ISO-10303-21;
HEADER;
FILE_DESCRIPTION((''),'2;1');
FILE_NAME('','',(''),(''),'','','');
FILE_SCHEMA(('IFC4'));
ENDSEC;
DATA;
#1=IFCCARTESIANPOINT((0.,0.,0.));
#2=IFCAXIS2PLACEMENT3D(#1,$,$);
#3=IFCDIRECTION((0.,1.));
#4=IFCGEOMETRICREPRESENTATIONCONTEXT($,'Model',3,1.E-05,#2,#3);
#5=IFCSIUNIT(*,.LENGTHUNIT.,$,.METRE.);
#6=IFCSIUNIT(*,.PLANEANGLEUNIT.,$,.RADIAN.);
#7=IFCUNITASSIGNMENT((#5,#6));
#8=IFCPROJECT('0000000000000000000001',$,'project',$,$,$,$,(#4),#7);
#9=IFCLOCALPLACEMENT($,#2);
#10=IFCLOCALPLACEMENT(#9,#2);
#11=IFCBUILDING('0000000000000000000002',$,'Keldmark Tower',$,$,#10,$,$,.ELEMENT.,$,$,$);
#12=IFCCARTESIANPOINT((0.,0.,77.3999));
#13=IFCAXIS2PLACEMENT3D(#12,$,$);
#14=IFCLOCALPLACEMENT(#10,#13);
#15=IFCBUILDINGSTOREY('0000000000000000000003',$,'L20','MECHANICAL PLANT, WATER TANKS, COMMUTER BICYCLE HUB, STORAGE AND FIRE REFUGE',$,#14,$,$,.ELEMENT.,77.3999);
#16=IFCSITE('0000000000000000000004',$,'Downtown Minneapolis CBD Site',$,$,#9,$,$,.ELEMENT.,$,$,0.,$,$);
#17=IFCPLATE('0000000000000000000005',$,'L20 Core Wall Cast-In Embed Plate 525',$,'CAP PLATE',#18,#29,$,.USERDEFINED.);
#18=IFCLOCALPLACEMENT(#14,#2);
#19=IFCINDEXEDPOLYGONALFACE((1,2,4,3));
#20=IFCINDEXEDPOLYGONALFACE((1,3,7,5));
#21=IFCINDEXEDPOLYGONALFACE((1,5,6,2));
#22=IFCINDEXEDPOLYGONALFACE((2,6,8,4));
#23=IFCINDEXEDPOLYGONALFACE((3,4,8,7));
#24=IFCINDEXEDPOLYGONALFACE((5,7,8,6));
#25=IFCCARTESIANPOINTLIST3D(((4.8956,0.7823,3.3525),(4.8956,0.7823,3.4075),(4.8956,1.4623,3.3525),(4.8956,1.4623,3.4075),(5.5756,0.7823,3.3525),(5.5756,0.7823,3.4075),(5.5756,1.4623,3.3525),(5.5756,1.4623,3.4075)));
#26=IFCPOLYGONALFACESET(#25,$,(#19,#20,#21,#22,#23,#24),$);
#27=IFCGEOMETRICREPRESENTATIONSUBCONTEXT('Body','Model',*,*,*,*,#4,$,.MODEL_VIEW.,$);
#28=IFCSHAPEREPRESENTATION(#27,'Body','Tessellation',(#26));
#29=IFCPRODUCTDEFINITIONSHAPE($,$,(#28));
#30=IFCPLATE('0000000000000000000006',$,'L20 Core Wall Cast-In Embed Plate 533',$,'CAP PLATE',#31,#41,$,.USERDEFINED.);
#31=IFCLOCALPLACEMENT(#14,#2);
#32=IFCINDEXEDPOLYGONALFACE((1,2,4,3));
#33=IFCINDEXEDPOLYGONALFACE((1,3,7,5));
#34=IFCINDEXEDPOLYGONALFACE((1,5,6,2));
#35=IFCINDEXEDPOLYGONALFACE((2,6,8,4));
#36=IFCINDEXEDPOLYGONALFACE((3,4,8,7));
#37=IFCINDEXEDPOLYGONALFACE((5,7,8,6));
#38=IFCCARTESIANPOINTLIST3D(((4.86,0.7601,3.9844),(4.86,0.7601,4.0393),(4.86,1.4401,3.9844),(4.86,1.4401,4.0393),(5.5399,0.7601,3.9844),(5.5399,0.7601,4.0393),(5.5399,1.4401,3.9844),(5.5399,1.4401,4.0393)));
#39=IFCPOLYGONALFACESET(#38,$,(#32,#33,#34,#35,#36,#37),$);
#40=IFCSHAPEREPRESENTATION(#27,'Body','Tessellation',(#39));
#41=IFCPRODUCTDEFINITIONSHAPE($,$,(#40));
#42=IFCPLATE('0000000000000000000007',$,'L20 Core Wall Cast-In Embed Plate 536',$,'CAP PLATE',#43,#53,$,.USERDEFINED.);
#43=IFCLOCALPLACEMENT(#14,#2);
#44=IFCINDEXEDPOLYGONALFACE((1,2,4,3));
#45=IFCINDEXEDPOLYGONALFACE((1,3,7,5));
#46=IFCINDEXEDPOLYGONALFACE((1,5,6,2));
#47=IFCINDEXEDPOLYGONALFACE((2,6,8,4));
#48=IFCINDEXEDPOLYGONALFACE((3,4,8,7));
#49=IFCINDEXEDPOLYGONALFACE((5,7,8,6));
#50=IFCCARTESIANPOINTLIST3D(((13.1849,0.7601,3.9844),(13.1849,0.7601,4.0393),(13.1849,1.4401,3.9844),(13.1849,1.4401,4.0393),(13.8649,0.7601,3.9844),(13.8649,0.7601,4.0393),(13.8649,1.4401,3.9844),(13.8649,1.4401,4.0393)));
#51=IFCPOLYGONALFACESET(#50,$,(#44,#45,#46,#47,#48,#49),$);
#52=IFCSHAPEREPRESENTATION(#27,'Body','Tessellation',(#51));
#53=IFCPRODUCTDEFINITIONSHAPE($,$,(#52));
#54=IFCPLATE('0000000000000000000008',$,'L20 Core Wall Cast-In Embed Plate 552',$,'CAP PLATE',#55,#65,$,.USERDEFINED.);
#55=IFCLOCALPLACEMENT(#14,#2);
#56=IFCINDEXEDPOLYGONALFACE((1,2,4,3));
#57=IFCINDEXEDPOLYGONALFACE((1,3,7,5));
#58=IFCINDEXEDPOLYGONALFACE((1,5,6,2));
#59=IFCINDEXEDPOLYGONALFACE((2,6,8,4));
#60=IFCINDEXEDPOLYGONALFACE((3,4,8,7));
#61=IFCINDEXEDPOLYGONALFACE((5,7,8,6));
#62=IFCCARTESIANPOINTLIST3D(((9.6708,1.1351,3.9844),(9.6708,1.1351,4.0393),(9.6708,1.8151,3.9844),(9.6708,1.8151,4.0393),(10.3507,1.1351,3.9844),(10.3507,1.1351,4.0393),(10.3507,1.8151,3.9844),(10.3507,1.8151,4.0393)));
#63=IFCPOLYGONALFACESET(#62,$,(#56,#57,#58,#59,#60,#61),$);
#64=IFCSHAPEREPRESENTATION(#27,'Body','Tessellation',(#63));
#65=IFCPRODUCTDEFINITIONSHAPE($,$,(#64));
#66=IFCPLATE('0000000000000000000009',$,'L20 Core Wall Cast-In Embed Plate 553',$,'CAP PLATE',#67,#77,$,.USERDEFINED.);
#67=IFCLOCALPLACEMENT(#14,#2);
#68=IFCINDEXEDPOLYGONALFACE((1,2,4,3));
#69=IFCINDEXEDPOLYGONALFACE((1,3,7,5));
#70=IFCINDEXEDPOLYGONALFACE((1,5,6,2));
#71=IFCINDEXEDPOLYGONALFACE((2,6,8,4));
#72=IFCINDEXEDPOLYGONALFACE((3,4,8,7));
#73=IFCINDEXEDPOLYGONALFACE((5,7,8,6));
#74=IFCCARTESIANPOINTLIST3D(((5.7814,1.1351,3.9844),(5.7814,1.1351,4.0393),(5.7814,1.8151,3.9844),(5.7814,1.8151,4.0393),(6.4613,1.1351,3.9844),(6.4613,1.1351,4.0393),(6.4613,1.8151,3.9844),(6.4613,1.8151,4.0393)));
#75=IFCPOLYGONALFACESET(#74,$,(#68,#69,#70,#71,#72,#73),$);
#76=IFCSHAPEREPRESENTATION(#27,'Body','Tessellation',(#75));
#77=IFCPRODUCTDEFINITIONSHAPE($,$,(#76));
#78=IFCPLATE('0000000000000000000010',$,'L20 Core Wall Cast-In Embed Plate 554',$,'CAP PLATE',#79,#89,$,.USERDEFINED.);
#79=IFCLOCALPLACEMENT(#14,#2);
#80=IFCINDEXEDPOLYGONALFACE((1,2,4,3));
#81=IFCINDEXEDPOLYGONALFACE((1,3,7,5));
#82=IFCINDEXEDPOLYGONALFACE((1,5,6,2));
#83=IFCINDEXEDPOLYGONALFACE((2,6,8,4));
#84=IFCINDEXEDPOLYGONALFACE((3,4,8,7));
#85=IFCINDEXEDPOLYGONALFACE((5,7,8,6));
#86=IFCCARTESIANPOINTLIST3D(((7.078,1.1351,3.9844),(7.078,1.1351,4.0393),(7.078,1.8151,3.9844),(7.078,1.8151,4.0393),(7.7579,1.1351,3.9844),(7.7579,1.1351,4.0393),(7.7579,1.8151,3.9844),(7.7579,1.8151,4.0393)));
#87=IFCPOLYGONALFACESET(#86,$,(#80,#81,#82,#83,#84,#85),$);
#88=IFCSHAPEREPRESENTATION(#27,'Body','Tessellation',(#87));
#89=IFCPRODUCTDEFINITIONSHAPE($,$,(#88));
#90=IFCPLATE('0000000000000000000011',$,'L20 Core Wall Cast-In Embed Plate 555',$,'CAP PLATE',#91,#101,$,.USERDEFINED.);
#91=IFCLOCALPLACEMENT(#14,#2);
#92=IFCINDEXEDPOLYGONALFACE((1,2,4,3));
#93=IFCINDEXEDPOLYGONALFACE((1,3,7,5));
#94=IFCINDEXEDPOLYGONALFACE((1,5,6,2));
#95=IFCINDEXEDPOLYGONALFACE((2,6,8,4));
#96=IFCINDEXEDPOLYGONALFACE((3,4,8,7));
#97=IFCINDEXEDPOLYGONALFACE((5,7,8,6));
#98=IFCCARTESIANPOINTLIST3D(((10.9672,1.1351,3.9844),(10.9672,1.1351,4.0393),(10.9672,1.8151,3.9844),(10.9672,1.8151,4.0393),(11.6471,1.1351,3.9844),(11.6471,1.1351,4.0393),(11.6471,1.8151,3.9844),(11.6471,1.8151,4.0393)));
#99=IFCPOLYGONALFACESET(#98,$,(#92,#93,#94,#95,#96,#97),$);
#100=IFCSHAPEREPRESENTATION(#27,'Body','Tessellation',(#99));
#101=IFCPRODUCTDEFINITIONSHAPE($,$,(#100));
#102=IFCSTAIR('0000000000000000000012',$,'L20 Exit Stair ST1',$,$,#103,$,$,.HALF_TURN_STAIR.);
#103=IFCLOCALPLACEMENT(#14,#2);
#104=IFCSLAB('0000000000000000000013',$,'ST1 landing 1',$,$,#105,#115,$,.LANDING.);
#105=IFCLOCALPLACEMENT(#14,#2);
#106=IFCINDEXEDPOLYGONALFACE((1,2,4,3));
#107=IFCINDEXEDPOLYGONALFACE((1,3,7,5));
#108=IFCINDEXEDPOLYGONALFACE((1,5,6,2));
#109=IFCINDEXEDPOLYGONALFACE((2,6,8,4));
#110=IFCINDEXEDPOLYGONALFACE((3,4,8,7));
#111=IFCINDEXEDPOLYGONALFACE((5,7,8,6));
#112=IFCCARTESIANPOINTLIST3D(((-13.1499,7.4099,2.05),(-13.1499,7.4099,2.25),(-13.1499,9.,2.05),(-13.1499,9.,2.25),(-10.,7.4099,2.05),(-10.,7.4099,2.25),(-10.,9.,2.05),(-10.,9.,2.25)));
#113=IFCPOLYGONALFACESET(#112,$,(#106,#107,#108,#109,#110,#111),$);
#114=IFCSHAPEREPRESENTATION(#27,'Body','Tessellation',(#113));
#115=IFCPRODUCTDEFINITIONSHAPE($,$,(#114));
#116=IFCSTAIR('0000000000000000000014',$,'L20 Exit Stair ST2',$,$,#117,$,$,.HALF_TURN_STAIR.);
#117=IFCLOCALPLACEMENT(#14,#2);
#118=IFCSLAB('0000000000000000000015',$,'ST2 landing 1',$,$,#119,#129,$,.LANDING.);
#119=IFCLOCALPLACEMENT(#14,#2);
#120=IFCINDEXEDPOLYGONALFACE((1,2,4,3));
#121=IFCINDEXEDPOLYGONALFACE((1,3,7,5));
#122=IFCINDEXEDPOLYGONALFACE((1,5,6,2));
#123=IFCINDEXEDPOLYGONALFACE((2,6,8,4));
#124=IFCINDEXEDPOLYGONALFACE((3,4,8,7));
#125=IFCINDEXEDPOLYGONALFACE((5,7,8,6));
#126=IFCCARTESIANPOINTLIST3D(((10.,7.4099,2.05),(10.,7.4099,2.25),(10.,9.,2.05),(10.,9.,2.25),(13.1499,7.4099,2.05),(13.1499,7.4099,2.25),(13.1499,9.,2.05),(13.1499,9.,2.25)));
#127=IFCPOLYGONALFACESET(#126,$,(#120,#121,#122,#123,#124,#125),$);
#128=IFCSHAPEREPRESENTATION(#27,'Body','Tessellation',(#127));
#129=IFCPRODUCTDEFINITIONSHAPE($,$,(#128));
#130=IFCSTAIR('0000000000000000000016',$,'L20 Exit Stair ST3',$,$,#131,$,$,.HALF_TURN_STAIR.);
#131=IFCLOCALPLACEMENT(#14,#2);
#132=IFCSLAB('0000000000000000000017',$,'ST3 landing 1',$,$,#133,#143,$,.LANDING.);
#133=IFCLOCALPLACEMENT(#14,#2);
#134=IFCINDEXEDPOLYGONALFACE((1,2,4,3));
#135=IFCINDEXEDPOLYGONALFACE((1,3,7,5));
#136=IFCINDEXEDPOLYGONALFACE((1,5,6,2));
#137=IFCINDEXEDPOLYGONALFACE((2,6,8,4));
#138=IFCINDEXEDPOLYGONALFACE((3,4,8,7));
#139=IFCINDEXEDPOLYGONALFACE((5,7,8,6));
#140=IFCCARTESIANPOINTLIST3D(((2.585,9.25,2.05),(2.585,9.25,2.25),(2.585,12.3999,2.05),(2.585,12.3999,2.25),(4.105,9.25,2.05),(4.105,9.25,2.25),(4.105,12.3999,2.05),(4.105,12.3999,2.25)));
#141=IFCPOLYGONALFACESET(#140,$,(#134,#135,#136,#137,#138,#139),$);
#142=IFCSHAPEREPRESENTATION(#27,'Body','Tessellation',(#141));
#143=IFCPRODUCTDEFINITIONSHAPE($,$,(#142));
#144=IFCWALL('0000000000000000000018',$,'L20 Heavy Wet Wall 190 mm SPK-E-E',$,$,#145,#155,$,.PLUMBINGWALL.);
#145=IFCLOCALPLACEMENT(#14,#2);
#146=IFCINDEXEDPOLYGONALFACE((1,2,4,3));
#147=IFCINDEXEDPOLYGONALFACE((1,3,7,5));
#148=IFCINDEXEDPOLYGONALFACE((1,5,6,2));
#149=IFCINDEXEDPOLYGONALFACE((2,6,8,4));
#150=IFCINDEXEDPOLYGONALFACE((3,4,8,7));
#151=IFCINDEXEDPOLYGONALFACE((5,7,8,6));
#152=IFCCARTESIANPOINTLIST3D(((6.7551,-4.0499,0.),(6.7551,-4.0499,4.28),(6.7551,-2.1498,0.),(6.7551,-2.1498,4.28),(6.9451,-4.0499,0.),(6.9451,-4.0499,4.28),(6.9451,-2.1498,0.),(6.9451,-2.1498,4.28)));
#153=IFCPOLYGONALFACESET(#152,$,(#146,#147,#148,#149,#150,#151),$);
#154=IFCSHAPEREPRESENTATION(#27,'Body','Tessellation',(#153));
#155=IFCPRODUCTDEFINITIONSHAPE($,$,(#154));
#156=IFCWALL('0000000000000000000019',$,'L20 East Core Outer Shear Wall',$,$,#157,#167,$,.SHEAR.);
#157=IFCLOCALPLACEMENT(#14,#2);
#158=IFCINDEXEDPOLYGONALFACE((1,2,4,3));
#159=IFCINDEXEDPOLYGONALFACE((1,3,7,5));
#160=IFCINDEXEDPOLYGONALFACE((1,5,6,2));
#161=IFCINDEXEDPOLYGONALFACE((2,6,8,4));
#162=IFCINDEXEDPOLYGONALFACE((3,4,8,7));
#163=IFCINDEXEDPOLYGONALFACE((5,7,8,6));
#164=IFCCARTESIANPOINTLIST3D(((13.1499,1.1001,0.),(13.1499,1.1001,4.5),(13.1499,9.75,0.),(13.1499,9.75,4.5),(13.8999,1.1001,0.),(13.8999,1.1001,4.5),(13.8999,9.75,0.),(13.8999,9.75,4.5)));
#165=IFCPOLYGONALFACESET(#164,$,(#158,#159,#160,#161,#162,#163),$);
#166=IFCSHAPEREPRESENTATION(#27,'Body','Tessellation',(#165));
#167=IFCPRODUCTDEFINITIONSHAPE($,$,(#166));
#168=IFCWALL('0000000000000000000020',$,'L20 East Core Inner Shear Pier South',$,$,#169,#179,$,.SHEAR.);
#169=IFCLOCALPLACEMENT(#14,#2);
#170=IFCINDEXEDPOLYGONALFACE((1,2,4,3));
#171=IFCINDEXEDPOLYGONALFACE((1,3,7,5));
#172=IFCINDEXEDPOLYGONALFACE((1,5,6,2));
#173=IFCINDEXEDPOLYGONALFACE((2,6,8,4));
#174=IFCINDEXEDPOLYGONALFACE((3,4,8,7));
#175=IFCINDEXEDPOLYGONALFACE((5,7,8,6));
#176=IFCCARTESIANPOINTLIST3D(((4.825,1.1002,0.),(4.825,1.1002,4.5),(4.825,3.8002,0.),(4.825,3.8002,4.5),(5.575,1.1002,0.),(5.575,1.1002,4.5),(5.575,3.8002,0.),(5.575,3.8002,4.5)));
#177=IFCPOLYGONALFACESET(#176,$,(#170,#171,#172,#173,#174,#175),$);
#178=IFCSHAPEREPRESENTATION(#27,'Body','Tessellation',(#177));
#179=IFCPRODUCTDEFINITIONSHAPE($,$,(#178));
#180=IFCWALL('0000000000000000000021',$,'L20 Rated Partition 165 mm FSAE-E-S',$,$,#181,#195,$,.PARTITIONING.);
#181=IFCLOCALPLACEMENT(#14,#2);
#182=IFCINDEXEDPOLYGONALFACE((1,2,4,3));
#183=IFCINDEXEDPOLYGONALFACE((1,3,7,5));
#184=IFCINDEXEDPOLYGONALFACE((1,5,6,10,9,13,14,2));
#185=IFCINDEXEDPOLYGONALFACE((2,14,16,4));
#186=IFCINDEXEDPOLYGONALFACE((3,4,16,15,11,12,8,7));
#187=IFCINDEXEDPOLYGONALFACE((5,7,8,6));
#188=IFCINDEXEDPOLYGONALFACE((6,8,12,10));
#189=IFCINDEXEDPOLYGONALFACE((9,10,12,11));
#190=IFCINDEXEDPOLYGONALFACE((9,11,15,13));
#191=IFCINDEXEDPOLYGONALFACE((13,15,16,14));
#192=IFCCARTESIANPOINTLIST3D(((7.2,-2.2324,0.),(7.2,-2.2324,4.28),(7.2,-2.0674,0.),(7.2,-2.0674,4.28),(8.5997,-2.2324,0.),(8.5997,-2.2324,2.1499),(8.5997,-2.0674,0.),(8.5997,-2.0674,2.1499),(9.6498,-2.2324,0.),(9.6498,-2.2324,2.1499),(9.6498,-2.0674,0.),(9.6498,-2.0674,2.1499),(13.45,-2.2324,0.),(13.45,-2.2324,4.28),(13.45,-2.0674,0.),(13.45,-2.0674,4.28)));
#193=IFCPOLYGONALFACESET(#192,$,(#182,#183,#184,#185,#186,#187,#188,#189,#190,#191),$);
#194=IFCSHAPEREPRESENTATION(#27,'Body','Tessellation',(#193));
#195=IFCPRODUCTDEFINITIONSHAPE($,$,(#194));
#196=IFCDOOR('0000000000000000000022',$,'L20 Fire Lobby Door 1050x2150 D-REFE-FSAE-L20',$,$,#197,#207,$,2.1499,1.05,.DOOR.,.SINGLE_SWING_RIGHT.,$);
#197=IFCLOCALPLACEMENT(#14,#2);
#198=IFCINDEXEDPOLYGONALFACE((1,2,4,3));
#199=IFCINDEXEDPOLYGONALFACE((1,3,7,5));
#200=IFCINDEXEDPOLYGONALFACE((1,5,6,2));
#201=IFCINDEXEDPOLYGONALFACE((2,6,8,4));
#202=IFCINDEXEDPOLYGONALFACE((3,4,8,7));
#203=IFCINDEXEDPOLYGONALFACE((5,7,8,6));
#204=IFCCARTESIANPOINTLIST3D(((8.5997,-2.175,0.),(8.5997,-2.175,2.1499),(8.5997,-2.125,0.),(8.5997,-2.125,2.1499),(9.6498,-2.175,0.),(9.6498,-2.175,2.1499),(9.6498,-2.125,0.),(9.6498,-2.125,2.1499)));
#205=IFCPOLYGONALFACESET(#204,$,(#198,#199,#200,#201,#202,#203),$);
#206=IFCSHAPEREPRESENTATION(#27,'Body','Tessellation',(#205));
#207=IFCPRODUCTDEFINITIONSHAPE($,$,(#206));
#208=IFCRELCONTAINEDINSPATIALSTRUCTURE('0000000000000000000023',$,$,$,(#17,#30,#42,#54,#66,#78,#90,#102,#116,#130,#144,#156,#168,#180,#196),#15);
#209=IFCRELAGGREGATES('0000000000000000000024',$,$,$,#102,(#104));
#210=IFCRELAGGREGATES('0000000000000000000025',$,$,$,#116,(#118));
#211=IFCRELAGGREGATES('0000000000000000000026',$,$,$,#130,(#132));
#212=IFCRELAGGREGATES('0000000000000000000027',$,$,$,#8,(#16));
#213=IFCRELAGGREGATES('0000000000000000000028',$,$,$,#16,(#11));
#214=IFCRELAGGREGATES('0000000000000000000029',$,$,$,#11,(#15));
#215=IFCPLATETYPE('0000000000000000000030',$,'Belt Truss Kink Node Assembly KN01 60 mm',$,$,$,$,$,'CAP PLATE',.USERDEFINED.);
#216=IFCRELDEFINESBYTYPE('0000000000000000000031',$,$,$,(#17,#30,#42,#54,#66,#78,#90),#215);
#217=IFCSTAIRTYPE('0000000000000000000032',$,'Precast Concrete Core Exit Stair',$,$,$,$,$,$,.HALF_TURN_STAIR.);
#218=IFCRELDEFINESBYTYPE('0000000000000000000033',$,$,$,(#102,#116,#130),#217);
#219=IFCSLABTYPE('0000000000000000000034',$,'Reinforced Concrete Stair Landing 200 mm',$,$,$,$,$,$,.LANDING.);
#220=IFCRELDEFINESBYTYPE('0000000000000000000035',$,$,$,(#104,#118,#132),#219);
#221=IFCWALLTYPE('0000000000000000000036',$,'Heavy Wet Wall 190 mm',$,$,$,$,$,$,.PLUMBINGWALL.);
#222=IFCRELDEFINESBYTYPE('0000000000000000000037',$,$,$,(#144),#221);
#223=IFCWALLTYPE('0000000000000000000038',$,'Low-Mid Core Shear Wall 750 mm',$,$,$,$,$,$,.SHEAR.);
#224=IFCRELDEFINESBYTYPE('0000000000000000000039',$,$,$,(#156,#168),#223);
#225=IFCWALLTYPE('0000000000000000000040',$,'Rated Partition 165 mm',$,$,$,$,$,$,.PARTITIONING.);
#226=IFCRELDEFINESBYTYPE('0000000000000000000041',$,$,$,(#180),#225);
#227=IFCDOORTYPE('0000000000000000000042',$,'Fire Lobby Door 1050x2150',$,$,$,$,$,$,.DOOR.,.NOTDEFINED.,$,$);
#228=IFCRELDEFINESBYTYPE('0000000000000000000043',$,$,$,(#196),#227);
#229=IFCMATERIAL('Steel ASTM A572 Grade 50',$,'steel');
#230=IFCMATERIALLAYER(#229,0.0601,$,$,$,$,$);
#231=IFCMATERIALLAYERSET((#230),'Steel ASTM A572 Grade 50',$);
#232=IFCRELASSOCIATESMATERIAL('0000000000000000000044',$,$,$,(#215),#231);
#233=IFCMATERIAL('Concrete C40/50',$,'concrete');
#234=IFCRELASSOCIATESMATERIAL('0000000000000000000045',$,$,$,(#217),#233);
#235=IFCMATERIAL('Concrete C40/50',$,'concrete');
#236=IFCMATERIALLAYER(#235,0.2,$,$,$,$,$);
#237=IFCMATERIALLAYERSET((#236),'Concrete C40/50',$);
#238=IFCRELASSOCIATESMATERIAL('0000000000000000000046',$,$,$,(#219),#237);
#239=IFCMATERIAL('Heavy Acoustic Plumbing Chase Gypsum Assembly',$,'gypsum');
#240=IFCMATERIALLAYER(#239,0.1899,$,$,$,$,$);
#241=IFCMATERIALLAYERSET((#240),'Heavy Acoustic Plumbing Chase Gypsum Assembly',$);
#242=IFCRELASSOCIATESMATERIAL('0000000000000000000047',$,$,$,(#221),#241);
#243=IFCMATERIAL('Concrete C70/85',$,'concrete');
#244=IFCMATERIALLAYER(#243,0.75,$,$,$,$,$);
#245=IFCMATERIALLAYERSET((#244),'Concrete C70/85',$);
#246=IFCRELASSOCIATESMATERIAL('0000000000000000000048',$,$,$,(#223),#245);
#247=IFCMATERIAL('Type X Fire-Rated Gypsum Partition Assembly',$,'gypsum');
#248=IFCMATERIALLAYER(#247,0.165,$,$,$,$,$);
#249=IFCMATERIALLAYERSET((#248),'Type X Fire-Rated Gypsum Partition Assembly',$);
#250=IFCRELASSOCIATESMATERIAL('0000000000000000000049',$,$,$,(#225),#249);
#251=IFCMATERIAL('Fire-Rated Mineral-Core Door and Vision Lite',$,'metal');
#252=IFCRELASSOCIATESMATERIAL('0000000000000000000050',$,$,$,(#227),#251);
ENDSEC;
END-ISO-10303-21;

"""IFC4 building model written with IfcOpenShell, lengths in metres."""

from ifc_helpers import new_model, si_unit, direction, frame, frame_2d, origin, origin_2d, place, context, subcontext, project, spatial, polyline, rectangle, outline, extrude, material, layer, layer_set, type_object, element, fill, aggregate, save


model = new_model("IFC4")

# Units and contexts
model_context = context("Model", 3, precision=1e-05, world=origin(), true_north=direction((0.0, 1.0)))
body_context = subcontext(model_context, "Body", "Model", "MODEL_VIEW")
ifc_project = project(units=[si_unit("LENGTHUNIT", "METRE"), si_unit("PLANEANGLEUNIT", "RADIAN")], contexts=[model_context])

# Site, building, storey
site_placement = place(None, origin())
site = spatial("IfcSite", under=ifc_project, at=site_placement, Name="Downtown Minneapolis CBD Site", CompositionType="ELEMENT", RefElevation=0.0)
building_placement = place(site_placement, origin())
building = spatial("IfcBuilding", under=site, at=building_placement, Name="Keldmark Tower", CompositionType="ELEMENT")
storey_placement = place(building_placement, frame((0.0, 0.0, 77.3999)))
storey = spatial("IfcBuildingStorey", under=building, at=storey_placement, Name="L20", Description="MECHANICAL PLANT, WATER TANKS, COMMUTER BICYCLE HUB, STORAGE AND FIRE REFUGE", CompositionType="ELEMENT", Elevation=77.3999)

# Plates
ifc_material_1 = material(Name="Steel ASTM A572 Grade 50", Category="steel")
ifc_layer_1 = layer(ifc_material_1, 0.0601)
ifc_layer_set_1 = layer_set([ifc_layer_1], Name="Steel ASTM A572 Grade 50")
plate_type = type_object("IfcPlateType", Name="Belt Truss Kink Node Assembly KN01 60 mm", ElementType="CAP PLATE", PredefinedType="USERDEFINED", material=ifc_layer_set_1)
for number, where, z_axis, x_axis, name in (
    (1, (5.2356, 1.1223, 3.3525), (0.0, 0.0, 1.0), (1.0, 0.0, 0.0), "L20 Core Wall Cast-In Embed Plate 525"),
    (2, (5.2, 1.1001, 3.9844), (0.0, 0.0, 1.0), (1.0, 0.0, 0.0), "L20 Core Wall Cast-In Embed Plate 533"),
    (3, (13.5249, 1.1001, 3.9844), (0.0, 0.0, 1.0), (1.0, 0.0, 0.0), "L20 Core Wall Cast-In Embed Plate 536"),
    (4, (10.0107, 1.4751, 3.9844), (0.0, 0.0, 1.0), (1.0, 0.0, 0.0), "L20 Core Wall Cast-In Embed Plate 552"),
    (5, (6.1213, 1.4751, 3.9844), (0.0, 0.0, 1.0), (1.0, 0.0, 0.0), "L20 Core Wall Cast-In Embed Plate 553"),
    (6, (7.418, 1.4751, 3.9844), (0.0, 0.0, 1.0), (1.0, 0.0, 0.0), "L20 Core Wall Cast-In Embed Plate 554"),
    (7, (11.3071, 1.4751, 3.9844), (0.0, 0.0, 1.0), (1.0, 0.0, 0.0), "L20 Core Wall Cast-In Embed Plate 555"),
):
    element("IfcPlate", number, at=place(storey_placement, frame(where, z_axis=z_axis, x_axis=x_axis)), inside=storey, type_object=plate_type, Name=name, ObjectType="CAP PLATE", PredefinedType="USERDEFINED", context=body_context, shape_type="SweptSolid", body=[
        extrude(rectangle(XDim=0.6799, YDim=0.6799, at=origin_2d()), origin(), (0.0, 0.0, 1.0), 0.0549),
    ])

# Stairs, slabs
ifc_material_2 = material(Name="Concrete C40/50", Category="concrete")
stair_type = type_object("IfcStairType", Name="Precast Concrete Core Exit Stair", PredefinedType="HALF_TURN_STAIR", material=ifc_material_2)
stair_1_placement = place(storey_placement, origin())
stair_1 = element("IfcStair", 8, at=stair_1_placement, inside=storey, type_object=stair_type, Name="L20 Exit Stair ST1", PredefinedType="HALF_TURN_STAIR")
ifc_material_3 = material(Name="Concrete C40/50", Category="concrete")
ifc_layer_2 = layer(ifc_material_3, 0.2)
ifc_layer_set_2 = layer_set([ifc_layer_2], Name="Concrete C40/50")
slab_type = type_object("IfcSlabType", Name="Reinforced Concrete Stair Landing 200 mm", PredefinedType="LANDING", material=ifc_layer_set_2)
slab_1_placement = place(storey_placement, frame((0.0, 0.0, 2.05)))
slab_1 = element("IfcSlab", 9, at=slab_1_placement, type_object=slab_type, Name="ST1 landing 1", PredefinedType="LANDING", context=body_context, shape_type="SweptSolid", body=[
    extrude(outline(polyline([(-10.0, 7.4099), (-10.0, 9.0), (-13.1499, 9.0), (-13.1499, 7.4099), (-10.0, 7.4099)])), origin(), (0.0, 0.0, 1.0), 0.2),
])
aggregate(stair_1, [slab_1])
stair_2_placement = place(storey_placement, origin())
stair_2 = element("IfcStair", 10, at=stair_2_placement, inside=storey, type_object=stair_type, Name="L20 Exit Stair ST2", PredefinedType="HALF_TURN_STAIR")
slab_2_placement = place(storey_placement, frame((0.0, 0.0, 2.05)))
slab_2 = element("IfcSlab", 11, at=slab_2_placement, type_object=slab_type, Name="ST2 landing 1", PredefinedType="LANDING", context=body_context, shape_type="SweptSolid", body=[
    extrude(outline(polyline([(13.1499, 7.4099), (13.1499, 9.0), (10.0, 9.0), (10.0, 7.4099), (13.1499, 7.4099)])), origin(), (0.0, 0.0, 1.0), 0.2),
])
aggregate(stair_2, [slab_2])
stair_3_placement = place(storey_placement, origin())
stair_3 = element("IfcStair", 12, at=stair_3_placement, inside=storey, type_object=stair_type, Name="L20 Exit Stair ST3", PredefinedType="HALF_TURN_STAIR")
slab_3_placement = place(storey_placement, frame((0.0, 0.0, 2.05)))
slab_3 = element("IfcSlab", 13, at=slab_3_placement, type_object=slab_type, Name="ST3 landing 1", PredefinedType="LANDING", context=body_context, shape_type="SweptSolid", body=[
    extrude(outline(polyline([(2.585, 9.25), (4.105, 9.25), (4.105, 12.3999), (2.585, 12.3999), (2.585, 9.25)])), origin(), (0.0, 0.0, 1.0), 0.2),
])
aggregate(stair_3, [slab_3])

# Walls
ifc_material_4 = material(Name="Heavy Acoustic Plumbing Chase Gypsum Assembly", Category="gypsum")
ifc_layer_3 = layer(ifc_material_4, 0.1899)
ifc_layer_set_3 = layer_set([ifc_layer_3], Name="Heavy Acoustic Plumbing Chase Gypsum Assembly")
wall_type_1 = type_object("IfcWallType", Name="Heavy Wet Wall 190 mm", PredefinedType="PLUMBINGWALL", material=ifc_layer_set_3)
wall_1_placement = place(storey_placement, frame((6.8501, -4.05, 0.0), z_axis=(0.0, 0.0, 1.0), x_axis=(0.0, 1.0, 0.0)))
element("IfcWall", 14, at=wall_1_placement, inside=storey, type_object=wall_type_1, Name="L20 Heavy Wet Wall 190 mm SPK-E-E", PredefinedType="PLUMBINGWALL", context=body_context, shape_type="SweptSolid", body=[
    extrude(rectangle(XDim=1.9001, YDim=0.1899, at=frame_2d((0.9502, 0.0))), origin(), (0.0, 0.0, 1.0), 4.28),
])
ifc_material_5 = material(Name="Concrete C70/85", Category="concrete")
ifc_layer_4 = layer(ifc_material_5, 0.75)
ifc_layer_set_4 = layer_set([ifc_layer_4], Name="Concrete C70/85")
wall_type_2 = type_object("IfcWallType", Name="Low-Mid Core Shear Wall 750 mm", PredefinedType="SHEAR", material=ifc_layer_set_4)
wall_2_placement = place(storey_placement, frame((13.5249, 1.1001, 0.0), z_axis=(0.0, 0.0, 1.0), x_axis=(0.0, 1.0, 0.0)))
element("IfcWall", 15, at=wall_2_placement, inside=storey, type_object=wall_type_2, Name="L20 East Core Outer Shear Wall", PredefinedType="SHEAR", context=body_context, shape_type="SweptSolid", body=[
    extrude(rectangle(XDim=8.6499, YDim=0.75, at=frame_2d((4.325, 0.0))), origin(), (0.0, 0.0, 1.0), 4.5),
])
wall_3_placement = place(storey_placement, frame((5.2, 1.1001, 0.0), z_axis=(0.0, 0.0, 1.0), x_axis=(0.0, 1.0, 0.0)))
element("IfcWall", 16, at=wall_3_placement, inside=storey, type_object=wall_type_2, Name="L20 East Core Inner Shear Pier South", PredefinedType="SHEAR", context=body_context, shape_type="SweptSolid", body=[
    extrude(rectangle(XDim=2.7, YDim=0.75, at=frame_2d((1.3501, 0.0))), origin(), (0.0, 0.0, 1.0), 4.5),
])

# Wall, opening, door
ifc_material_6 = material(Name="Type X Fire-Rated Gypsum Partition Assembly", Category="gypsum")
ifc_layer_5 = layer(ifc_material_6, 0.165)
ifc_layer_set_5 = layer_set([ifc_layer_5], Name="Type X Fire-Rated Gypsum Partition Assembly")
wall_type_3 = type_object("IfcWallType", Name="Rated Partition 165 mm", PredefinedType="PARTITIONING", material=ifc_layer_set_5)
wall_4_placement = place(storey_placement, frame((7.2, -2.1499, 0.0), z_axis=(0.0, 0.0, 1.0), x_axis=(1.0, 0.0, 0.0)))
wall_4 = element("IfcWall", 17, at=wall_4_placement, inside=storey, type_object=wall_type_3, Name="L20 Rated Partition 165 mm FSAE-E-S", PredefinedType="PARTITIONING", context=body_context, shape_type="SweptSolid", body=[
    extrude(rectangle(XDim=6.25, YDim=0.165, at=frame_2d((3.125, 0.0))), origin(), (0.0, 0.0, 1.0), 4.28),
])
opening_1_placement = place(wall_4_placement, frame((1.3999, 0.0, 0.0)))
opening_1 = element("IfcOpeningElement", 18, at=opening_1_placement, cuts=wall_4, PredefinedType="OPENING", context=body_context, shape_type="SweptSolid", body=[
    extrude(rectangle(XDim=1.05, YDim=2.1499, at=frame_2d((0.5249, 1.075))), frame((0.0, 0.0925, 0.0), z_axis=(0.0, -1.0, 0.0), x_axis=(1.0, 0.0, 0.0)), (0.0, 0.0, 1.0), 0.1851),
])
ifc_material_7 = material(Name="Fire-Rated Mineral-Core Door and Vision Lite", Category="metal")
door_type_1 = type_object("IfcDoorType", Name="Fire Lobby Door 1050x2150", OperationType="NOTDEFINED", PredefinedType="DOOR", material=ifc_material_7)
door_1_placement = place(opening_1_placement, origin())
door_1 = element("IfcDoor", 19, at=door_1_placement, inside=storey, type_object=door_type_1, Name="L20 Fire Lobby Door 1050x2150 D-REFE-FSAE-L20", OperationType="SINGLE_SWING_RIGHT", OverallHeight=2.1499, OverallWidth=1.05, PredefinedType="DOOR", context=body_context, shape_type="SweptSolid", body=[
    extrude(rectangle(XDim=1.05, YDim=2.1499, at=frame_2d((0.5249, 1.075))), frame((0.0, 0.0249, 0.0), z_axis=(0.0, -1.0, 0.0), x_axis=(1.0, 0.0, 0.0)), (0.0, 0.0, 1.0), 0.05),
])
fill(opening_1, door_1)

save(model, "model.ifc")
